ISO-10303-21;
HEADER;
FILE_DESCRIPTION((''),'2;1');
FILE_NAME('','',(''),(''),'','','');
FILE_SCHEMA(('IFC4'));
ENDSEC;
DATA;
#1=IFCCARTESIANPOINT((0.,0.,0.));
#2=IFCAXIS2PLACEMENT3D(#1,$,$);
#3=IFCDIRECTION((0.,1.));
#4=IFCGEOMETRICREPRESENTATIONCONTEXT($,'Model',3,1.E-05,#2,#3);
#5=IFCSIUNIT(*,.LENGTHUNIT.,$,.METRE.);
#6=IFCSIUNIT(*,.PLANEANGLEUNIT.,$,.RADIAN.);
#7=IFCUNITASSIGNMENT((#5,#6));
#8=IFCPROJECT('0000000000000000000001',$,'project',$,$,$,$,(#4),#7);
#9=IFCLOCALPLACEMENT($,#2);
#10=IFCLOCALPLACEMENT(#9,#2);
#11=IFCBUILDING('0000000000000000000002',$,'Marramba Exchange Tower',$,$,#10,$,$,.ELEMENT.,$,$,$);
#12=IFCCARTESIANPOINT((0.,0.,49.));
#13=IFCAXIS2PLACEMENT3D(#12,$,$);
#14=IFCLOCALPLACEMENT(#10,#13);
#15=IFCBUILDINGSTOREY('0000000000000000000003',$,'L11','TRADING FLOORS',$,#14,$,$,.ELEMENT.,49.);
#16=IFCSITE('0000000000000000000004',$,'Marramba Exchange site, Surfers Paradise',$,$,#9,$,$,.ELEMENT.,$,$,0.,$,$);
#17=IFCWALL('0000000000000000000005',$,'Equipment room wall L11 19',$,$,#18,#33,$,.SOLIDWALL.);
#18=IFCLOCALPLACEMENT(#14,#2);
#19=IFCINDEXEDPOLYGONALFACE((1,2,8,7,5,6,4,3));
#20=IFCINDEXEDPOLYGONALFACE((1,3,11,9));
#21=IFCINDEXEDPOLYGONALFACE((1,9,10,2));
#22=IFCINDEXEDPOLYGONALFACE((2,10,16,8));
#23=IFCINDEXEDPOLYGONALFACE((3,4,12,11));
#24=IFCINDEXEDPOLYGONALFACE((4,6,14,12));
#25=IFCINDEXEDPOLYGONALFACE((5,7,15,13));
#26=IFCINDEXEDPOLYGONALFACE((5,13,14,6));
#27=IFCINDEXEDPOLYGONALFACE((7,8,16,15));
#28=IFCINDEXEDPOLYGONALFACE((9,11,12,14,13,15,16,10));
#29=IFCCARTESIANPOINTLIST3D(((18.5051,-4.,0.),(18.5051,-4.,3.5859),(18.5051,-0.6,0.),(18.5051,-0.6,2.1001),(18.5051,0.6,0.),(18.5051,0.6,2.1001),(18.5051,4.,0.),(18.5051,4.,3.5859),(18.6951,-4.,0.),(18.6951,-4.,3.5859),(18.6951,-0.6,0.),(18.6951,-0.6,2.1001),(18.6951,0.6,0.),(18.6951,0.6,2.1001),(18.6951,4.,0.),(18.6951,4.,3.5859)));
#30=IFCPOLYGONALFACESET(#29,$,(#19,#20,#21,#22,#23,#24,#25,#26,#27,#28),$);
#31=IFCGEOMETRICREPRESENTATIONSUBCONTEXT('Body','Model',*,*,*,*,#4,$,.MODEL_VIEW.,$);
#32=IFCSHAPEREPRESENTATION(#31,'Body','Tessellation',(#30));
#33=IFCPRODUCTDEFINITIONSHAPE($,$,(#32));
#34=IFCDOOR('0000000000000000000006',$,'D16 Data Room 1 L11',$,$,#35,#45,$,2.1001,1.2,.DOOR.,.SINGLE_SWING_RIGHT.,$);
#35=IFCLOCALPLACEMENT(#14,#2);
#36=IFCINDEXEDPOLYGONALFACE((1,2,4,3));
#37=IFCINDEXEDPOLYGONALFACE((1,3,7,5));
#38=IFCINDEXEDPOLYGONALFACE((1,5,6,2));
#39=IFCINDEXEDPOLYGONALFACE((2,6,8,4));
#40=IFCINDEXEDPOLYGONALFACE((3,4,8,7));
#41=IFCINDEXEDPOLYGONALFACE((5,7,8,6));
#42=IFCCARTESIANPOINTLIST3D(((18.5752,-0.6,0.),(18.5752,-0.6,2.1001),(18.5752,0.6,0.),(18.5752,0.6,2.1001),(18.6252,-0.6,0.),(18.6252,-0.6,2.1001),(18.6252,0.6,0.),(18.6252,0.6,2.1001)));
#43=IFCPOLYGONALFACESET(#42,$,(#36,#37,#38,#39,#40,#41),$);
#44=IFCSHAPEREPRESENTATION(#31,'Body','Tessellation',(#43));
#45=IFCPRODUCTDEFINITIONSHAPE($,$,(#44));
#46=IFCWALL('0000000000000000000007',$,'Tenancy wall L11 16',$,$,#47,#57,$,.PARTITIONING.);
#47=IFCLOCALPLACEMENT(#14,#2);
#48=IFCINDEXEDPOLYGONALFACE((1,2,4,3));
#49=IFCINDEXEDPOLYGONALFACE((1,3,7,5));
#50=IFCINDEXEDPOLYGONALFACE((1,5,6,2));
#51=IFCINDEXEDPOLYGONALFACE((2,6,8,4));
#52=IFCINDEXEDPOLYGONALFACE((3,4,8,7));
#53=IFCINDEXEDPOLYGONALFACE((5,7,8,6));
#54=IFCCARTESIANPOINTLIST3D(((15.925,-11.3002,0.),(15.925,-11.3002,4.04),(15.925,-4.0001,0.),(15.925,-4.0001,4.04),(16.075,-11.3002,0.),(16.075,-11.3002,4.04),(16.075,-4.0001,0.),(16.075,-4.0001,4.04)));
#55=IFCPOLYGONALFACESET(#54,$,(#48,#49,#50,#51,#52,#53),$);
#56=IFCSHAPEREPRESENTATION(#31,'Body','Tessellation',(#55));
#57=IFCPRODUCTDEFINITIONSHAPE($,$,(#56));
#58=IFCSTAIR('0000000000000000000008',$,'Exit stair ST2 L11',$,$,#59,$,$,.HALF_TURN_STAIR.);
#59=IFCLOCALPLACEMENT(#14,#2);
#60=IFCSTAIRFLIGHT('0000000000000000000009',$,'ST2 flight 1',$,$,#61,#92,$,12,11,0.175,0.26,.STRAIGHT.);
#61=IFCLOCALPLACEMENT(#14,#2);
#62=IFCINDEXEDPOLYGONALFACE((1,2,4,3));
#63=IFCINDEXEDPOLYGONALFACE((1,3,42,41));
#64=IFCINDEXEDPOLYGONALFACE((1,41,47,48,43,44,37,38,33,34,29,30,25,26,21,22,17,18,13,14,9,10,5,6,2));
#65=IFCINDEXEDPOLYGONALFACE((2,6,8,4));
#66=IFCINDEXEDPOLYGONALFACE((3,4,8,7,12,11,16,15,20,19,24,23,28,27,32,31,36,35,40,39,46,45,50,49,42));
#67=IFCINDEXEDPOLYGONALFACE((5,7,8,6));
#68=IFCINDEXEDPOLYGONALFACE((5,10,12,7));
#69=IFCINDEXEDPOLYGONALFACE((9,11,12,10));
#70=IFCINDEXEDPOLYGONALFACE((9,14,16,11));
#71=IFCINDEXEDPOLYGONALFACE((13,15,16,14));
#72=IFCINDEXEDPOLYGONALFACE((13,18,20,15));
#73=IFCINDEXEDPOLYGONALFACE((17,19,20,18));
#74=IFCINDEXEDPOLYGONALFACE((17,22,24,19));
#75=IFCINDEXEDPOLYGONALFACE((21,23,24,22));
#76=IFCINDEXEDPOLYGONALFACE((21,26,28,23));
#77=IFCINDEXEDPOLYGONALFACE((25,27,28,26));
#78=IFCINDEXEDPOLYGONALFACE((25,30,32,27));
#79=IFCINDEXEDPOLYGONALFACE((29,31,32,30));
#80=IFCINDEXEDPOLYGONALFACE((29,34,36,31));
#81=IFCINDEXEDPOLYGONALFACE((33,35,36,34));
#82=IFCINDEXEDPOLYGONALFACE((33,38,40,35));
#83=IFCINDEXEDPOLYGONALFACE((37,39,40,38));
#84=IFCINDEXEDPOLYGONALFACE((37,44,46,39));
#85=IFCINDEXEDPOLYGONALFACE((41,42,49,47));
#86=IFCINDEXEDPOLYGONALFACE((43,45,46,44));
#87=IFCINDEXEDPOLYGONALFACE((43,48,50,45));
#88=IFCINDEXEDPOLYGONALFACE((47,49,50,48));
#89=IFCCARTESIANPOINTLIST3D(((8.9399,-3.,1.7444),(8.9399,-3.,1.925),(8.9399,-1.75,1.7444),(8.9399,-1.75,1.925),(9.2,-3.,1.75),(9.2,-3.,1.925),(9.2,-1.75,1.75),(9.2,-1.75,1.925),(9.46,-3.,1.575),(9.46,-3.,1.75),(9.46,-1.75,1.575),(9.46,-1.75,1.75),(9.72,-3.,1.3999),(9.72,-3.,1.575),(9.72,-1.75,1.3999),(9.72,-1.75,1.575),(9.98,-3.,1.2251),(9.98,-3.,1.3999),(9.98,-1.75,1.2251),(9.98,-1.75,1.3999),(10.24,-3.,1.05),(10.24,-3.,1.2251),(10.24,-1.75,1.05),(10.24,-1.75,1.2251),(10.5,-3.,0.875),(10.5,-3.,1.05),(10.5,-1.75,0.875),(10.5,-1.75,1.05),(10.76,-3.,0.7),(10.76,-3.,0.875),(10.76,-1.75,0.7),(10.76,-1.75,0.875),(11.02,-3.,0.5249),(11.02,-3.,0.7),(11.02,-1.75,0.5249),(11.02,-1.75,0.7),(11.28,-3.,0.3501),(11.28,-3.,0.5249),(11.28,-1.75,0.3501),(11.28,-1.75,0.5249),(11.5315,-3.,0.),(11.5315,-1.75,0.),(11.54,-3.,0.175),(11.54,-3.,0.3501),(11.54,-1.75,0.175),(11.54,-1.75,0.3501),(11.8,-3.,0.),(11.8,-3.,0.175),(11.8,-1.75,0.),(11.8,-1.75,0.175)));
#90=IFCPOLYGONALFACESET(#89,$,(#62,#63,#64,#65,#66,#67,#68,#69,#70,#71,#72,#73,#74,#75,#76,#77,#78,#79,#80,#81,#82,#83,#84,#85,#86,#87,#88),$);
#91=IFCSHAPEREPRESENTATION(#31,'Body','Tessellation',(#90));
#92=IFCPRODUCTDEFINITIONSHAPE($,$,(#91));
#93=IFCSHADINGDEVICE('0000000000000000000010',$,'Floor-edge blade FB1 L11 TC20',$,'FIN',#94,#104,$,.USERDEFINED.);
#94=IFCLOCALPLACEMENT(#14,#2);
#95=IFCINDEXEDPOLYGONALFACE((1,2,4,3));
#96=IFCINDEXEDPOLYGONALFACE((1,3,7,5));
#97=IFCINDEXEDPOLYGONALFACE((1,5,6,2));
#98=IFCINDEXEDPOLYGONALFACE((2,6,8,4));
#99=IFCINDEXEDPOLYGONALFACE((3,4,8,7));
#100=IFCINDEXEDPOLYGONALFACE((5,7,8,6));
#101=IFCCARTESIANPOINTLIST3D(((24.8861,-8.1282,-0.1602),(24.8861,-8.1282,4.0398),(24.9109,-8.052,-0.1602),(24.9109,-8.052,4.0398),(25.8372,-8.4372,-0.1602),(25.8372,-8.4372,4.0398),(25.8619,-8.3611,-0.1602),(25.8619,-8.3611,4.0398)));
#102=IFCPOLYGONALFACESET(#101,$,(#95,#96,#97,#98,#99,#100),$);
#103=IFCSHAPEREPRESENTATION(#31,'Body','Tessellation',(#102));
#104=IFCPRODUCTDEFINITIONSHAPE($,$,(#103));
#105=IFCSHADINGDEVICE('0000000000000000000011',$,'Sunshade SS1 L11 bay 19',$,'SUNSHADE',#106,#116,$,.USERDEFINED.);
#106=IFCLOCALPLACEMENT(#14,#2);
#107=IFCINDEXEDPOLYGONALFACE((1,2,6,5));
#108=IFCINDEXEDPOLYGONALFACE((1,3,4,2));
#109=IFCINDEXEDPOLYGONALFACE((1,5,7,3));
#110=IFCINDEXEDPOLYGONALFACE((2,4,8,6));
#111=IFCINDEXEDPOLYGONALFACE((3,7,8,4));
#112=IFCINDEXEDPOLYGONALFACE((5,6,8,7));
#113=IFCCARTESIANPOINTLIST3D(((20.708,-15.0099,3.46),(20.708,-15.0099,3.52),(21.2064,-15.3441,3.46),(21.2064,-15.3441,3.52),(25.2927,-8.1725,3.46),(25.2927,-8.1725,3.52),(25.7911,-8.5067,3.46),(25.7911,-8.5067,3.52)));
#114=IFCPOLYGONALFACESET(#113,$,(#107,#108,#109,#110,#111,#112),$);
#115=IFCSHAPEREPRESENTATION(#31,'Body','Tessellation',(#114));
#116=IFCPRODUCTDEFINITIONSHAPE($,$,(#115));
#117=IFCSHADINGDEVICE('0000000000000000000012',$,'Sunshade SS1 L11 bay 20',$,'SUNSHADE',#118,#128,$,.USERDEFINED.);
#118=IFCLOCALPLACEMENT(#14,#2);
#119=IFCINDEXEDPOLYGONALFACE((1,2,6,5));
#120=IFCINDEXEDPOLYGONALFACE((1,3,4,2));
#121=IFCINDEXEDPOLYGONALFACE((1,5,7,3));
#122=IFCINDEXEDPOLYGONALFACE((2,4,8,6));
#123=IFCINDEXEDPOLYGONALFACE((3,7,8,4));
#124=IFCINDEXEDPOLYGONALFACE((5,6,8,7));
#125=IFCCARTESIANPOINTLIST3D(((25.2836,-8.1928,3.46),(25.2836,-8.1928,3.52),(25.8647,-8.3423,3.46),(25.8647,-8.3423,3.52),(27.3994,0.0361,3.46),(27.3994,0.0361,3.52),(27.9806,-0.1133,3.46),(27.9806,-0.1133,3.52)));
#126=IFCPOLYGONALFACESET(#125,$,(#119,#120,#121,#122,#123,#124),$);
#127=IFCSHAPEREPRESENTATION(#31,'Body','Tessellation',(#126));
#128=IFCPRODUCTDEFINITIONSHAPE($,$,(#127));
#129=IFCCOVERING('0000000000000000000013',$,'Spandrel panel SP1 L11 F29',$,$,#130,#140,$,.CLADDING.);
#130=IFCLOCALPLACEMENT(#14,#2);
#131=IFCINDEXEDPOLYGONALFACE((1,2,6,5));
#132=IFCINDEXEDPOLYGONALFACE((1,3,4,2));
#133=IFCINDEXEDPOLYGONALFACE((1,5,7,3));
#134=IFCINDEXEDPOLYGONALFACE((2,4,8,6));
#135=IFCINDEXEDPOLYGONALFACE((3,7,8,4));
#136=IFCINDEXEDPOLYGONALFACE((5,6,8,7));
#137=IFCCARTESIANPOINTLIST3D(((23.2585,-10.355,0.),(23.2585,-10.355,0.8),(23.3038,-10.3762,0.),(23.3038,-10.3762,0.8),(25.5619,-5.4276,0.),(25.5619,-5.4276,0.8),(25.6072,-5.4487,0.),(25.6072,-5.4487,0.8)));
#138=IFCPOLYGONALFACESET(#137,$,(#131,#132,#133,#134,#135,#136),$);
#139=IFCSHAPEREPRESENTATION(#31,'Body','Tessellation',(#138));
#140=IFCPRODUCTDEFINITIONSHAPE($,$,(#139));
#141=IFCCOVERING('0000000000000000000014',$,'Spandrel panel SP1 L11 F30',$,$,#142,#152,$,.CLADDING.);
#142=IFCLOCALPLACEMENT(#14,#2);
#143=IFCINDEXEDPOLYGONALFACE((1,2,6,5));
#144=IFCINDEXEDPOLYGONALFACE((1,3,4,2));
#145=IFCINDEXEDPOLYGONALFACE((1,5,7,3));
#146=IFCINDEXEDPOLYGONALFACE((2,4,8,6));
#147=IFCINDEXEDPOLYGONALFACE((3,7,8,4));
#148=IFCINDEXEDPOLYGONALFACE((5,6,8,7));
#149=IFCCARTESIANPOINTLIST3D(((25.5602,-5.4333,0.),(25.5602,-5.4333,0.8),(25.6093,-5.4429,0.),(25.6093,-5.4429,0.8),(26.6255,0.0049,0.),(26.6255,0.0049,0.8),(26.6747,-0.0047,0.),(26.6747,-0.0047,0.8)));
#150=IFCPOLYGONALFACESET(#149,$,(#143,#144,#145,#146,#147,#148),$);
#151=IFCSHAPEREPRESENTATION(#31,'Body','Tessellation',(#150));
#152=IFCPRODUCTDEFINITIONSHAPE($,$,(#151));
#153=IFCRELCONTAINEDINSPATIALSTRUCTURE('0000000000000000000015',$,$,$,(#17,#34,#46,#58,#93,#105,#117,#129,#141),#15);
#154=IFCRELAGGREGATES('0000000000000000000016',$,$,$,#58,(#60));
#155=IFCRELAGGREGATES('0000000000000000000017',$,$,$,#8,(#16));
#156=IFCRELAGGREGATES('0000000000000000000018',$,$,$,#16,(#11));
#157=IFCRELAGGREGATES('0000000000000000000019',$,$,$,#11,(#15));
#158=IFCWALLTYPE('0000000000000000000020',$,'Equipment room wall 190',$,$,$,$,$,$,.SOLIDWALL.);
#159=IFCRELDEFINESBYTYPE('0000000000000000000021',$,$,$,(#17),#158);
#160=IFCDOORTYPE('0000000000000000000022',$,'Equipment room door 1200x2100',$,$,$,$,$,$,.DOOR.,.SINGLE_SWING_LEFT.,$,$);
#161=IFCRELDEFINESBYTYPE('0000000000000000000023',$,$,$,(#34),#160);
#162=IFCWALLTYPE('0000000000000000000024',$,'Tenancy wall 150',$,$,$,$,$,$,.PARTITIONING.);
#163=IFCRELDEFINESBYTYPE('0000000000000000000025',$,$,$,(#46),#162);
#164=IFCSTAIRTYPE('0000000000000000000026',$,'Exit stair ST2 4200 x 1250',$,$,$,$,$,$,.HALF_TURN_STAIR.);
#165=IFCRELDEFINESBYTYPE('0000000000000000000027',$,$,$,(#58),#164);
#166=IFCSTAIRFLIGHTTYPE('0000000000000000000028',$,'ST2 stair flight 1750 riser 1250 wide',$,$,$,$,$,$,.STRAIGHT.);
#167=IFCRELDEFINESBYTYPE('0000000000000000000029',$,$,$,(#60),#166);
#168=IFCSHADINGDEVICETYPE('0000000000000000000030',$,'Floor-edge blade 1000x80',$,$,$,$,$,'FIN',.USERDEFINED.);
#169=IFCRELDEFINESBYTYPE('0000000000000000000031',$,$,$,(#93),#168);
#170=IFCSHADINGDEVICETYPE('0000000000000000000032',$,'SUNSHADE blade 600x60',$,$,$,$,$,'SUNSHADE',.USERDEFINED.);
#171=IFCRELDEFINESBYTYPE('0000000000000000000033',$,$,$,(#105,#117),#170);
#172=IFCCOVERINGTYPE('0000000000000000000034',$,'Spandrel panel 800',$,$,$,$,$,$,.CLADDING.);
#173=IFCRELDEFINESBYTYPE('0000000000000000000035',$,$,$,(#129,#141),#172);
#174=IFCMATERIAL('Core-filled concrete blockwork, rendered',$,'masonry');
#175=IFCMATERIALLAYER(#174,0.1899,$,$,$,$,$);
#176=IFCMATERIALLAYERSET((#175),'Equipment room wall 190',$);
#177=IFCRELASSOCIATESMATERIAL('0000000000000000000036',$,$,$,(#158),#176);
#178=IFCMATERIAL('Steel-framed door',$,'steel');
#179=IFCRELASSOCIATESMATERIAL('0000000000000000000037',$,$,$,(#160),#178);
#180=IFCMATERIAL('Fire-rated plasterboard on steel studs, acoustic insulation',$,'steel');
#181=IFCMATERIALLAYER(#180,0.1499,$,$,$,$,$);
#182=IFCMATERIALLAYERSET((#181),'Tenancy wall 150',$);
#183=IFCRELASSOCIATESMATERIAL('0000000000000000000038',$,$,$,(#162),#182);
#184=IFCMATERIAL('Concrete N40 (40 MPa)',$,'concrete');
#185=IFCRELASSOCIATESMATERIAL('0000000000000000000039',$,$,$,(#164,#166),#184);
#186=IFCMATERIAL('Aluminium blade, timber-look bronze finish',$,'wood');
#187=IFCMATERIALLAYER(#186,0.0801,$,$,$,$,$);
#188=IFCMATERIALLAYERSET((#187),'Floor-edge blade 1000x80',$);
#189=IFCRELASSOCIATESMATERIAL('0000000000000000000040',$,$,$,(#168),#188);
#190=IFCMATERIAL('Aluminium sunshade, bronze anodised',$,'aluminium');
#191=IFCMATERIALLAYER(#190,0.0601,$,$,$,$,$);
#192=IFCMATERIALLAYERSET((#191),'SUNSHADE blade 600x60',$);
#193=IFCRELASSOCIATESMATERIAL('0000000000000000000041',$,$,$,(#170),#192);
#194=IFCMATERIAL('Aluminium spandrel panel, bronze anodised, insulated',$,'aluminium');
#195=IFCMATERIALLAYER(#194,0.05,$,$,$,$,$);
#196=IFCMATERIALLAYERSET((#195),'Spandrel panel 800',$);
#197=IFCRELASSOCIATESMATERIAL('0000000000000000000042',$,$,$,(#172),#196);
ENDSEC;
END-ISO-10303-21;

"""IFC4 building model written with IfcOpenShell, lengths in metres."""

from ifc_helpers import new_model, si_unit, direction, frame, frame_2d, origin, origin_2d, place, context, subcontext, project, spatial, polyline, rectangle, outline, extrude, material, layer, layer_set, type_object, element, fill, aggregate, save


model = new_model("IFC4")

# Units and contexts
model_context = context("Model", 3, precision=1e-05, world=origin(), true_north=direction((0.0, 1.0)))
body_context = subcontext(model_context, "Body", "Model", "MODEL_VIEW")
ifc_project = project(units=[si_unit("LENGTHUNIT", "METRE"), si_unit("PLANEANGLEUNIT", "RADIAN")], contexts=[model_context])

# Site, building, storey
site_placement = place(None, origin())
site = spatial("IfcSite", under=ifc_project, at=site_placement, Name="Marramba Exchange site, Surfers Paradise", CompositionType="ELEMENT", RefElevation=0.0)
building_placement = place(site_placement, origin())
building = spatial("IfcBuilding", under=site, at=building_placement, Name="Marramba Exchange Tower", CompositionType="ELEMENT")
storey_placement = place(building_placement, frame((0.0, 0.0, 49.0)))
storey = spatial("IfcBuildingStorey", under=building, at=storey_placement, Name="L11", Description="TRADING FLOORS", CompositionType="ELEMENT", Elevation=49.0)

# Shared definitions
ifc_material_1 = material(Name="Steel-framed door", Category="steel")

# Shared definitions
ifc_material_2 = material(Name="Core-filled concrete blockwork, rendered", Category="masonry")
ifc_layer_1 = layer(ifc_material_2, 0.1899)
ifc_layer_set_1 = layer_set([ifc_layer_1], Name="Equipment room wall 190")
wall_type_1 = type_object("IfcWallType", Name="Equipment room wall 190", PredefinedType="SOLIDWALL", material=ifc_layer_set_1)

# Wall, opening, door
wall_1_placement = place(storey_placement, frame((18.6001, -4.0, 0.0), z_axis=(0.0, 0.0, 1.0), x_axis=(0.0, 1.0, 0.0)))
wall_1 = element("IfcWall", 1, at=wall_1_placement, inside=storey, type_object=wall_type_1, Name="Equipment room wall L11 19", PredefinedType="SOLIDWALL", context=body_context, shape_type="SweptSolid", body=[
    extrude(rectangle(XDim=8.0, YDim=0.1899, at=frame_2d((4.0, 0.0))), origin(), (0.0, 0.0, 1.0), 3.5859),
])
opening_1_placement = place(wall_1_placement, frame((3.3999, 0.0, 0.0)))
opening_1 = element("IfcOpeningElement", 2, at=opening_1_placement, cuts=wall_1, PredefinedType="OPENING", context=body_context, shape_type="SweptSolid", body=[
    extrude(rectangle(XDim=1.2, YDim=2.1001, at=frame_2d((0.6001, 1.05))), frame((0.0, 0.105, 0.0), z_axis=(0.0, -1.0, 0.0), x_axis=(1.0, 0.0, 0.0)), (0.0, 0.0, 1.0), 0.21),
])
door_type_1 = type_object("IfcDoorType", Name="Equipment room door 1200x2100", OperationType="SINGLE_SWING_LEFT", PredefinedType="DOOR", material=ifc_material_1)
door_1_placement = place(opening_1_placement, origin())
door_1 = element("IfcDoor", 3, at=door_1_placement, inside=storey, type_object=door_type_1, Name="D16 Data Room 1 L11", OperationType="SINGLE_SWING_RIGHT", OverallHeight=2.1001, OverallWidth=1.2, PredefinedType="DOOR", context=body_context, shape_type="SweptSolid", body=[
    extrude(rectangle(XDim=1.2, YDim=2.1001, at=frame_2d((0.6001, 1.05))), frame((0.0, 0.0249, 0.0), z_axis=(0.0, -1.0, 0.0), x_axis=(1.0, 0.0, 0.0)), (0.0, 0.0, 1.0), 0.05),
])
fill(opening_1, door_1)

# Wall
ifc_material_3 = material(Name="Fire-rated plasterboard on steel studs, acoustic insulation", Category="steel")
ifc_layer_2 = layer(ifc_material_3, 0.1499)
ifc_layer_set_2 = layer_set([ifc_layer_2], Name="Tenancy wall 150")
wall_type_2 = type_object("IfcWallType", Name="Tenancy wall 150", PredefinedType="PARTITIONING", material=ifc_layer_set_2)
wall_2_placement = place(storey_placement, frame((16.0, -11.3, 0.0), z_axis=(0.0, 0.0, 1.0), x_axis=(0.0, 1.0, 0.0)))
element("IfcWall", 4, at=wall_2_placement, inside=storey, type_object=wall_type_2, Name="Tenancy wall L11 16", PredefinedType="PARTITIONING", context=body_context, shape_type="SweptSolid", body=[
    extrude(rectangle(XDim=7.3, YDim=0.1499, at=frame_2d((3.6499, 0.0))), origin(), (0.0, 0.0, 1.0), 4.04),
])

# Stair, stair flight
ifc_material_4 = material(Name="Concrete N40 (40 MPa)", Category="concrete")
stair_type = type_object("IfcStairType", Name="Exit stair ST2 4200 x 1250", PredefinedType="HALF_TURN_STAIR", material=ifc_material_4)
stair_placement = place(storey_placement, origin())
stair = element("IfcStair", 5, at=stair_placement, inside=storey, type_object=stair_type, Name="Exit stair ST2 L11", PredefinedType="HALF_TURN_STAIR")
stair_flight_type = type_object("IfcStairFlightType", Name="ST2 stair flight 1750 riser 1250 wide", PredefinedType="STRAIGHT", material=ifc_material_4)
stair_flight_placement = place(storey_placement, frame((11.8, -2.375, 0.0), z_axis=(0.0, 0.0, 1.0), x_axis=(-1.0, 0.0, 0.0)))
stair_flight = element("IfcStairFlight", 6, at=stair_flight_placement, type_object=stair_flight_type, Name="ST2 flight 1", NumberOfRisers=12, NumberOfTreads=11, PredefinedType="STRAIGHT", RiserHeight=0.175, TreadLength=0.26, context=body_context, shape_type="SweptSolid", body=[
    extrude(outline(polyline([(0.0, 0.0), (0.0, 0.175), (0.26, 0.175), (0.26, 0.3501), (0.52, 0.3501), (0.52, 0.5249), (0.78, 0.5249), (0.78, 0.7), (1.04, 0.7), (1.04, 0.875), (1.3, 0.875), (1.3, 1.05), (1.5601, 1.05), (1.5601, 1.2251), (1.8201, 1.2251), (1.8201, 1.3999), (2.0801, 1.3999), (2.0801, 1.575), (2.3401, 1.575), (2.3401, 1.75), (2.6001, 1.75), (2.6001, 1.925), (2.8601, 1.925), (2.8601, 2.1001), (2.8601, 1.7444), (0.2686, 0.0), (0.0, 0.0)])), frame((0.0, 0.625, 0.0), z_axis=(0.0, -1.0, 0.0), x_axis=(1.0, 0.0, 0.0)), (0.0, 0.0, 1.0), 1.25),
])
aggregate(stair, [stair_flight])

# Shading devices
ifc_material_5 = material(Name="Aluminium blade, timber-look bronze finish", Category="wood")
ifc_layer_3 = layer(ifc_material_5, 0.0801)
ifc_layer_set_3 = layer_set([ifc_layer_3], Name="Floor-edge blade 1000x80")
shading_device_type_1 = type_object("IfcShadingDeviceType", Name="Floor-edge blade 1000x80", ElementType="FIN", PredefinedType="USERDEFINED", material=ifc_layer_set_3)
shading_device_1_placement = place(storey_placement, frame((25.374, -8.2446, -0.1602), z_axis=(0.0, 0.0, 1.0), x_axis=(0.951057, -0.309017, 0.0)))
element("IfcShadingDevice", 7, at=shading_device_1_placement, inside=storey, type_object=shading_device_type_1, Name="Floor-edge blade FB1 L11 TC20", ObjectType="FIN", PredefinedType="USERDEFINED", context=body_context, shape_type="SweptSolid", body=[
    extrude(rectangle(XDim=1.0, YDim=0.0801, at=origin_2d()), origin(), (0.0, 0.0, 1.0), 4.2),
])
ifc_material_6 = material(Name="Aluminium sunshade, bronze anodised", Category="aluminium")
ifc_layer_4 = layer(ifc_material_6, 0.0601)
ifc_layer_set_4 = layer_set([ifc_layer_4], Name="SUNSHADE blade 600x60")
shading_device_type_2 = type_object("IfcShadingDeviceType", Name="SUNSHADE blade 600x60", ElementType="SUNSHADE", PredefinedType="USERDEFINED", material=ifc_layer_set_4)
shading_device_2_placement = place(storey_placement, frame((23.2495, -11.7583, 3.46), z_axis=(0.0, 0.0, 1.0), x_axis=(0.556924, 0.830563, 0.0)))
element("IfcShadingDevice", 8, at=shading_device_2_placement, inside=storey, type_object=shading_device_type_2, Name="Sunshade SS1 L11 bay 19", ObjectType="SUNSHADE", PredefinedType="USERDEFINED", context=body_context, shape_type="SweptSolid", body=[
    extrude(rectangle(XDim=8.2322, YDim=0.6001, at=origin_2d()), origin(), (0.0, 0.0, 1.0), 0.0601),
])
shading_device_3_placement = place(storey_placement, frame((26.6321, -4.1531, 3.46), z_axis=(0.0, 0.0, 1.0), x_axis=(0.249025, 0.968497, 0.0)))
element("IfcShadingDevice", 9, at=shading_device_3_placement, inside=storey, type_object=shading_device_type_2, Name="Sunshade SS1 L11 bay 20", ObjectType="SUNSHADE", PredefinedType="USERDEFINED", context=body_context, shape_type="SweptSolid", body=[
    extrude(rectangle(XDim=8.4966, YDim=0.6001, at=origin_2d()), origin(), (0.0, 0.0, 1.0), 0.0601),
])

# Coverings
ifc_material_7 = material(Name="Aluminium spandrel panel, bronze anodised, insulated", Category="aluminium")
ifc_layer_5 = layer(ifc_material_7, 0.05)
ifc_layer_set_5 = layer_set([ifc_layer_5], Name="Spandrel panel 800")
covering_type = type_object("IfcCoveringType", Name="Spandrel panel 800", PredefinedType="CLADDING", material=ifc_layer_set_5)
covering_1_placement = place(storey_placement, frame((24.4329, -7.9019, 0.0), z_axis=(0.0, 0.0, 1.0), x_axis=(0.423477, 0.905907, 0.0)))
element("IfcCovering", 10, at=covering_1_placement, inside=storey, type_object=covering_type, Name="Spandrel panel SP1 L11 F29", PredefinedType="CLADDING", context=body_context, shape_type="SweptSolid", body=[
    extrude(rectangle(XDim=5.4392, YDim=0.05, at=origin_2d()), origin(), (0.0, 0.0, 1.0), 0.8),
])
covering_2_placement = place(storey_placement, frame((26.1174, -2.719, 0.0), z_axis=(0.0, 0.0, 1.0), x_axis=(0.192249, 0.981346, 0.0)))
element("IfcCovering", 11, at=covering_2_placement, inside=storey, type_object=covering_type, Name="Spandrel panel SP1 L11 F30", PredefinedType="CLADDING", context=body_context, shape_type="SweptSolid", body=[
    extrude(rectangle(XDim=5.5415, YDim=0.05, at=origin_2d()), origin(), (0.0, 0.0, 1.0), 0.8),
])

save(model, "model.ifc")
